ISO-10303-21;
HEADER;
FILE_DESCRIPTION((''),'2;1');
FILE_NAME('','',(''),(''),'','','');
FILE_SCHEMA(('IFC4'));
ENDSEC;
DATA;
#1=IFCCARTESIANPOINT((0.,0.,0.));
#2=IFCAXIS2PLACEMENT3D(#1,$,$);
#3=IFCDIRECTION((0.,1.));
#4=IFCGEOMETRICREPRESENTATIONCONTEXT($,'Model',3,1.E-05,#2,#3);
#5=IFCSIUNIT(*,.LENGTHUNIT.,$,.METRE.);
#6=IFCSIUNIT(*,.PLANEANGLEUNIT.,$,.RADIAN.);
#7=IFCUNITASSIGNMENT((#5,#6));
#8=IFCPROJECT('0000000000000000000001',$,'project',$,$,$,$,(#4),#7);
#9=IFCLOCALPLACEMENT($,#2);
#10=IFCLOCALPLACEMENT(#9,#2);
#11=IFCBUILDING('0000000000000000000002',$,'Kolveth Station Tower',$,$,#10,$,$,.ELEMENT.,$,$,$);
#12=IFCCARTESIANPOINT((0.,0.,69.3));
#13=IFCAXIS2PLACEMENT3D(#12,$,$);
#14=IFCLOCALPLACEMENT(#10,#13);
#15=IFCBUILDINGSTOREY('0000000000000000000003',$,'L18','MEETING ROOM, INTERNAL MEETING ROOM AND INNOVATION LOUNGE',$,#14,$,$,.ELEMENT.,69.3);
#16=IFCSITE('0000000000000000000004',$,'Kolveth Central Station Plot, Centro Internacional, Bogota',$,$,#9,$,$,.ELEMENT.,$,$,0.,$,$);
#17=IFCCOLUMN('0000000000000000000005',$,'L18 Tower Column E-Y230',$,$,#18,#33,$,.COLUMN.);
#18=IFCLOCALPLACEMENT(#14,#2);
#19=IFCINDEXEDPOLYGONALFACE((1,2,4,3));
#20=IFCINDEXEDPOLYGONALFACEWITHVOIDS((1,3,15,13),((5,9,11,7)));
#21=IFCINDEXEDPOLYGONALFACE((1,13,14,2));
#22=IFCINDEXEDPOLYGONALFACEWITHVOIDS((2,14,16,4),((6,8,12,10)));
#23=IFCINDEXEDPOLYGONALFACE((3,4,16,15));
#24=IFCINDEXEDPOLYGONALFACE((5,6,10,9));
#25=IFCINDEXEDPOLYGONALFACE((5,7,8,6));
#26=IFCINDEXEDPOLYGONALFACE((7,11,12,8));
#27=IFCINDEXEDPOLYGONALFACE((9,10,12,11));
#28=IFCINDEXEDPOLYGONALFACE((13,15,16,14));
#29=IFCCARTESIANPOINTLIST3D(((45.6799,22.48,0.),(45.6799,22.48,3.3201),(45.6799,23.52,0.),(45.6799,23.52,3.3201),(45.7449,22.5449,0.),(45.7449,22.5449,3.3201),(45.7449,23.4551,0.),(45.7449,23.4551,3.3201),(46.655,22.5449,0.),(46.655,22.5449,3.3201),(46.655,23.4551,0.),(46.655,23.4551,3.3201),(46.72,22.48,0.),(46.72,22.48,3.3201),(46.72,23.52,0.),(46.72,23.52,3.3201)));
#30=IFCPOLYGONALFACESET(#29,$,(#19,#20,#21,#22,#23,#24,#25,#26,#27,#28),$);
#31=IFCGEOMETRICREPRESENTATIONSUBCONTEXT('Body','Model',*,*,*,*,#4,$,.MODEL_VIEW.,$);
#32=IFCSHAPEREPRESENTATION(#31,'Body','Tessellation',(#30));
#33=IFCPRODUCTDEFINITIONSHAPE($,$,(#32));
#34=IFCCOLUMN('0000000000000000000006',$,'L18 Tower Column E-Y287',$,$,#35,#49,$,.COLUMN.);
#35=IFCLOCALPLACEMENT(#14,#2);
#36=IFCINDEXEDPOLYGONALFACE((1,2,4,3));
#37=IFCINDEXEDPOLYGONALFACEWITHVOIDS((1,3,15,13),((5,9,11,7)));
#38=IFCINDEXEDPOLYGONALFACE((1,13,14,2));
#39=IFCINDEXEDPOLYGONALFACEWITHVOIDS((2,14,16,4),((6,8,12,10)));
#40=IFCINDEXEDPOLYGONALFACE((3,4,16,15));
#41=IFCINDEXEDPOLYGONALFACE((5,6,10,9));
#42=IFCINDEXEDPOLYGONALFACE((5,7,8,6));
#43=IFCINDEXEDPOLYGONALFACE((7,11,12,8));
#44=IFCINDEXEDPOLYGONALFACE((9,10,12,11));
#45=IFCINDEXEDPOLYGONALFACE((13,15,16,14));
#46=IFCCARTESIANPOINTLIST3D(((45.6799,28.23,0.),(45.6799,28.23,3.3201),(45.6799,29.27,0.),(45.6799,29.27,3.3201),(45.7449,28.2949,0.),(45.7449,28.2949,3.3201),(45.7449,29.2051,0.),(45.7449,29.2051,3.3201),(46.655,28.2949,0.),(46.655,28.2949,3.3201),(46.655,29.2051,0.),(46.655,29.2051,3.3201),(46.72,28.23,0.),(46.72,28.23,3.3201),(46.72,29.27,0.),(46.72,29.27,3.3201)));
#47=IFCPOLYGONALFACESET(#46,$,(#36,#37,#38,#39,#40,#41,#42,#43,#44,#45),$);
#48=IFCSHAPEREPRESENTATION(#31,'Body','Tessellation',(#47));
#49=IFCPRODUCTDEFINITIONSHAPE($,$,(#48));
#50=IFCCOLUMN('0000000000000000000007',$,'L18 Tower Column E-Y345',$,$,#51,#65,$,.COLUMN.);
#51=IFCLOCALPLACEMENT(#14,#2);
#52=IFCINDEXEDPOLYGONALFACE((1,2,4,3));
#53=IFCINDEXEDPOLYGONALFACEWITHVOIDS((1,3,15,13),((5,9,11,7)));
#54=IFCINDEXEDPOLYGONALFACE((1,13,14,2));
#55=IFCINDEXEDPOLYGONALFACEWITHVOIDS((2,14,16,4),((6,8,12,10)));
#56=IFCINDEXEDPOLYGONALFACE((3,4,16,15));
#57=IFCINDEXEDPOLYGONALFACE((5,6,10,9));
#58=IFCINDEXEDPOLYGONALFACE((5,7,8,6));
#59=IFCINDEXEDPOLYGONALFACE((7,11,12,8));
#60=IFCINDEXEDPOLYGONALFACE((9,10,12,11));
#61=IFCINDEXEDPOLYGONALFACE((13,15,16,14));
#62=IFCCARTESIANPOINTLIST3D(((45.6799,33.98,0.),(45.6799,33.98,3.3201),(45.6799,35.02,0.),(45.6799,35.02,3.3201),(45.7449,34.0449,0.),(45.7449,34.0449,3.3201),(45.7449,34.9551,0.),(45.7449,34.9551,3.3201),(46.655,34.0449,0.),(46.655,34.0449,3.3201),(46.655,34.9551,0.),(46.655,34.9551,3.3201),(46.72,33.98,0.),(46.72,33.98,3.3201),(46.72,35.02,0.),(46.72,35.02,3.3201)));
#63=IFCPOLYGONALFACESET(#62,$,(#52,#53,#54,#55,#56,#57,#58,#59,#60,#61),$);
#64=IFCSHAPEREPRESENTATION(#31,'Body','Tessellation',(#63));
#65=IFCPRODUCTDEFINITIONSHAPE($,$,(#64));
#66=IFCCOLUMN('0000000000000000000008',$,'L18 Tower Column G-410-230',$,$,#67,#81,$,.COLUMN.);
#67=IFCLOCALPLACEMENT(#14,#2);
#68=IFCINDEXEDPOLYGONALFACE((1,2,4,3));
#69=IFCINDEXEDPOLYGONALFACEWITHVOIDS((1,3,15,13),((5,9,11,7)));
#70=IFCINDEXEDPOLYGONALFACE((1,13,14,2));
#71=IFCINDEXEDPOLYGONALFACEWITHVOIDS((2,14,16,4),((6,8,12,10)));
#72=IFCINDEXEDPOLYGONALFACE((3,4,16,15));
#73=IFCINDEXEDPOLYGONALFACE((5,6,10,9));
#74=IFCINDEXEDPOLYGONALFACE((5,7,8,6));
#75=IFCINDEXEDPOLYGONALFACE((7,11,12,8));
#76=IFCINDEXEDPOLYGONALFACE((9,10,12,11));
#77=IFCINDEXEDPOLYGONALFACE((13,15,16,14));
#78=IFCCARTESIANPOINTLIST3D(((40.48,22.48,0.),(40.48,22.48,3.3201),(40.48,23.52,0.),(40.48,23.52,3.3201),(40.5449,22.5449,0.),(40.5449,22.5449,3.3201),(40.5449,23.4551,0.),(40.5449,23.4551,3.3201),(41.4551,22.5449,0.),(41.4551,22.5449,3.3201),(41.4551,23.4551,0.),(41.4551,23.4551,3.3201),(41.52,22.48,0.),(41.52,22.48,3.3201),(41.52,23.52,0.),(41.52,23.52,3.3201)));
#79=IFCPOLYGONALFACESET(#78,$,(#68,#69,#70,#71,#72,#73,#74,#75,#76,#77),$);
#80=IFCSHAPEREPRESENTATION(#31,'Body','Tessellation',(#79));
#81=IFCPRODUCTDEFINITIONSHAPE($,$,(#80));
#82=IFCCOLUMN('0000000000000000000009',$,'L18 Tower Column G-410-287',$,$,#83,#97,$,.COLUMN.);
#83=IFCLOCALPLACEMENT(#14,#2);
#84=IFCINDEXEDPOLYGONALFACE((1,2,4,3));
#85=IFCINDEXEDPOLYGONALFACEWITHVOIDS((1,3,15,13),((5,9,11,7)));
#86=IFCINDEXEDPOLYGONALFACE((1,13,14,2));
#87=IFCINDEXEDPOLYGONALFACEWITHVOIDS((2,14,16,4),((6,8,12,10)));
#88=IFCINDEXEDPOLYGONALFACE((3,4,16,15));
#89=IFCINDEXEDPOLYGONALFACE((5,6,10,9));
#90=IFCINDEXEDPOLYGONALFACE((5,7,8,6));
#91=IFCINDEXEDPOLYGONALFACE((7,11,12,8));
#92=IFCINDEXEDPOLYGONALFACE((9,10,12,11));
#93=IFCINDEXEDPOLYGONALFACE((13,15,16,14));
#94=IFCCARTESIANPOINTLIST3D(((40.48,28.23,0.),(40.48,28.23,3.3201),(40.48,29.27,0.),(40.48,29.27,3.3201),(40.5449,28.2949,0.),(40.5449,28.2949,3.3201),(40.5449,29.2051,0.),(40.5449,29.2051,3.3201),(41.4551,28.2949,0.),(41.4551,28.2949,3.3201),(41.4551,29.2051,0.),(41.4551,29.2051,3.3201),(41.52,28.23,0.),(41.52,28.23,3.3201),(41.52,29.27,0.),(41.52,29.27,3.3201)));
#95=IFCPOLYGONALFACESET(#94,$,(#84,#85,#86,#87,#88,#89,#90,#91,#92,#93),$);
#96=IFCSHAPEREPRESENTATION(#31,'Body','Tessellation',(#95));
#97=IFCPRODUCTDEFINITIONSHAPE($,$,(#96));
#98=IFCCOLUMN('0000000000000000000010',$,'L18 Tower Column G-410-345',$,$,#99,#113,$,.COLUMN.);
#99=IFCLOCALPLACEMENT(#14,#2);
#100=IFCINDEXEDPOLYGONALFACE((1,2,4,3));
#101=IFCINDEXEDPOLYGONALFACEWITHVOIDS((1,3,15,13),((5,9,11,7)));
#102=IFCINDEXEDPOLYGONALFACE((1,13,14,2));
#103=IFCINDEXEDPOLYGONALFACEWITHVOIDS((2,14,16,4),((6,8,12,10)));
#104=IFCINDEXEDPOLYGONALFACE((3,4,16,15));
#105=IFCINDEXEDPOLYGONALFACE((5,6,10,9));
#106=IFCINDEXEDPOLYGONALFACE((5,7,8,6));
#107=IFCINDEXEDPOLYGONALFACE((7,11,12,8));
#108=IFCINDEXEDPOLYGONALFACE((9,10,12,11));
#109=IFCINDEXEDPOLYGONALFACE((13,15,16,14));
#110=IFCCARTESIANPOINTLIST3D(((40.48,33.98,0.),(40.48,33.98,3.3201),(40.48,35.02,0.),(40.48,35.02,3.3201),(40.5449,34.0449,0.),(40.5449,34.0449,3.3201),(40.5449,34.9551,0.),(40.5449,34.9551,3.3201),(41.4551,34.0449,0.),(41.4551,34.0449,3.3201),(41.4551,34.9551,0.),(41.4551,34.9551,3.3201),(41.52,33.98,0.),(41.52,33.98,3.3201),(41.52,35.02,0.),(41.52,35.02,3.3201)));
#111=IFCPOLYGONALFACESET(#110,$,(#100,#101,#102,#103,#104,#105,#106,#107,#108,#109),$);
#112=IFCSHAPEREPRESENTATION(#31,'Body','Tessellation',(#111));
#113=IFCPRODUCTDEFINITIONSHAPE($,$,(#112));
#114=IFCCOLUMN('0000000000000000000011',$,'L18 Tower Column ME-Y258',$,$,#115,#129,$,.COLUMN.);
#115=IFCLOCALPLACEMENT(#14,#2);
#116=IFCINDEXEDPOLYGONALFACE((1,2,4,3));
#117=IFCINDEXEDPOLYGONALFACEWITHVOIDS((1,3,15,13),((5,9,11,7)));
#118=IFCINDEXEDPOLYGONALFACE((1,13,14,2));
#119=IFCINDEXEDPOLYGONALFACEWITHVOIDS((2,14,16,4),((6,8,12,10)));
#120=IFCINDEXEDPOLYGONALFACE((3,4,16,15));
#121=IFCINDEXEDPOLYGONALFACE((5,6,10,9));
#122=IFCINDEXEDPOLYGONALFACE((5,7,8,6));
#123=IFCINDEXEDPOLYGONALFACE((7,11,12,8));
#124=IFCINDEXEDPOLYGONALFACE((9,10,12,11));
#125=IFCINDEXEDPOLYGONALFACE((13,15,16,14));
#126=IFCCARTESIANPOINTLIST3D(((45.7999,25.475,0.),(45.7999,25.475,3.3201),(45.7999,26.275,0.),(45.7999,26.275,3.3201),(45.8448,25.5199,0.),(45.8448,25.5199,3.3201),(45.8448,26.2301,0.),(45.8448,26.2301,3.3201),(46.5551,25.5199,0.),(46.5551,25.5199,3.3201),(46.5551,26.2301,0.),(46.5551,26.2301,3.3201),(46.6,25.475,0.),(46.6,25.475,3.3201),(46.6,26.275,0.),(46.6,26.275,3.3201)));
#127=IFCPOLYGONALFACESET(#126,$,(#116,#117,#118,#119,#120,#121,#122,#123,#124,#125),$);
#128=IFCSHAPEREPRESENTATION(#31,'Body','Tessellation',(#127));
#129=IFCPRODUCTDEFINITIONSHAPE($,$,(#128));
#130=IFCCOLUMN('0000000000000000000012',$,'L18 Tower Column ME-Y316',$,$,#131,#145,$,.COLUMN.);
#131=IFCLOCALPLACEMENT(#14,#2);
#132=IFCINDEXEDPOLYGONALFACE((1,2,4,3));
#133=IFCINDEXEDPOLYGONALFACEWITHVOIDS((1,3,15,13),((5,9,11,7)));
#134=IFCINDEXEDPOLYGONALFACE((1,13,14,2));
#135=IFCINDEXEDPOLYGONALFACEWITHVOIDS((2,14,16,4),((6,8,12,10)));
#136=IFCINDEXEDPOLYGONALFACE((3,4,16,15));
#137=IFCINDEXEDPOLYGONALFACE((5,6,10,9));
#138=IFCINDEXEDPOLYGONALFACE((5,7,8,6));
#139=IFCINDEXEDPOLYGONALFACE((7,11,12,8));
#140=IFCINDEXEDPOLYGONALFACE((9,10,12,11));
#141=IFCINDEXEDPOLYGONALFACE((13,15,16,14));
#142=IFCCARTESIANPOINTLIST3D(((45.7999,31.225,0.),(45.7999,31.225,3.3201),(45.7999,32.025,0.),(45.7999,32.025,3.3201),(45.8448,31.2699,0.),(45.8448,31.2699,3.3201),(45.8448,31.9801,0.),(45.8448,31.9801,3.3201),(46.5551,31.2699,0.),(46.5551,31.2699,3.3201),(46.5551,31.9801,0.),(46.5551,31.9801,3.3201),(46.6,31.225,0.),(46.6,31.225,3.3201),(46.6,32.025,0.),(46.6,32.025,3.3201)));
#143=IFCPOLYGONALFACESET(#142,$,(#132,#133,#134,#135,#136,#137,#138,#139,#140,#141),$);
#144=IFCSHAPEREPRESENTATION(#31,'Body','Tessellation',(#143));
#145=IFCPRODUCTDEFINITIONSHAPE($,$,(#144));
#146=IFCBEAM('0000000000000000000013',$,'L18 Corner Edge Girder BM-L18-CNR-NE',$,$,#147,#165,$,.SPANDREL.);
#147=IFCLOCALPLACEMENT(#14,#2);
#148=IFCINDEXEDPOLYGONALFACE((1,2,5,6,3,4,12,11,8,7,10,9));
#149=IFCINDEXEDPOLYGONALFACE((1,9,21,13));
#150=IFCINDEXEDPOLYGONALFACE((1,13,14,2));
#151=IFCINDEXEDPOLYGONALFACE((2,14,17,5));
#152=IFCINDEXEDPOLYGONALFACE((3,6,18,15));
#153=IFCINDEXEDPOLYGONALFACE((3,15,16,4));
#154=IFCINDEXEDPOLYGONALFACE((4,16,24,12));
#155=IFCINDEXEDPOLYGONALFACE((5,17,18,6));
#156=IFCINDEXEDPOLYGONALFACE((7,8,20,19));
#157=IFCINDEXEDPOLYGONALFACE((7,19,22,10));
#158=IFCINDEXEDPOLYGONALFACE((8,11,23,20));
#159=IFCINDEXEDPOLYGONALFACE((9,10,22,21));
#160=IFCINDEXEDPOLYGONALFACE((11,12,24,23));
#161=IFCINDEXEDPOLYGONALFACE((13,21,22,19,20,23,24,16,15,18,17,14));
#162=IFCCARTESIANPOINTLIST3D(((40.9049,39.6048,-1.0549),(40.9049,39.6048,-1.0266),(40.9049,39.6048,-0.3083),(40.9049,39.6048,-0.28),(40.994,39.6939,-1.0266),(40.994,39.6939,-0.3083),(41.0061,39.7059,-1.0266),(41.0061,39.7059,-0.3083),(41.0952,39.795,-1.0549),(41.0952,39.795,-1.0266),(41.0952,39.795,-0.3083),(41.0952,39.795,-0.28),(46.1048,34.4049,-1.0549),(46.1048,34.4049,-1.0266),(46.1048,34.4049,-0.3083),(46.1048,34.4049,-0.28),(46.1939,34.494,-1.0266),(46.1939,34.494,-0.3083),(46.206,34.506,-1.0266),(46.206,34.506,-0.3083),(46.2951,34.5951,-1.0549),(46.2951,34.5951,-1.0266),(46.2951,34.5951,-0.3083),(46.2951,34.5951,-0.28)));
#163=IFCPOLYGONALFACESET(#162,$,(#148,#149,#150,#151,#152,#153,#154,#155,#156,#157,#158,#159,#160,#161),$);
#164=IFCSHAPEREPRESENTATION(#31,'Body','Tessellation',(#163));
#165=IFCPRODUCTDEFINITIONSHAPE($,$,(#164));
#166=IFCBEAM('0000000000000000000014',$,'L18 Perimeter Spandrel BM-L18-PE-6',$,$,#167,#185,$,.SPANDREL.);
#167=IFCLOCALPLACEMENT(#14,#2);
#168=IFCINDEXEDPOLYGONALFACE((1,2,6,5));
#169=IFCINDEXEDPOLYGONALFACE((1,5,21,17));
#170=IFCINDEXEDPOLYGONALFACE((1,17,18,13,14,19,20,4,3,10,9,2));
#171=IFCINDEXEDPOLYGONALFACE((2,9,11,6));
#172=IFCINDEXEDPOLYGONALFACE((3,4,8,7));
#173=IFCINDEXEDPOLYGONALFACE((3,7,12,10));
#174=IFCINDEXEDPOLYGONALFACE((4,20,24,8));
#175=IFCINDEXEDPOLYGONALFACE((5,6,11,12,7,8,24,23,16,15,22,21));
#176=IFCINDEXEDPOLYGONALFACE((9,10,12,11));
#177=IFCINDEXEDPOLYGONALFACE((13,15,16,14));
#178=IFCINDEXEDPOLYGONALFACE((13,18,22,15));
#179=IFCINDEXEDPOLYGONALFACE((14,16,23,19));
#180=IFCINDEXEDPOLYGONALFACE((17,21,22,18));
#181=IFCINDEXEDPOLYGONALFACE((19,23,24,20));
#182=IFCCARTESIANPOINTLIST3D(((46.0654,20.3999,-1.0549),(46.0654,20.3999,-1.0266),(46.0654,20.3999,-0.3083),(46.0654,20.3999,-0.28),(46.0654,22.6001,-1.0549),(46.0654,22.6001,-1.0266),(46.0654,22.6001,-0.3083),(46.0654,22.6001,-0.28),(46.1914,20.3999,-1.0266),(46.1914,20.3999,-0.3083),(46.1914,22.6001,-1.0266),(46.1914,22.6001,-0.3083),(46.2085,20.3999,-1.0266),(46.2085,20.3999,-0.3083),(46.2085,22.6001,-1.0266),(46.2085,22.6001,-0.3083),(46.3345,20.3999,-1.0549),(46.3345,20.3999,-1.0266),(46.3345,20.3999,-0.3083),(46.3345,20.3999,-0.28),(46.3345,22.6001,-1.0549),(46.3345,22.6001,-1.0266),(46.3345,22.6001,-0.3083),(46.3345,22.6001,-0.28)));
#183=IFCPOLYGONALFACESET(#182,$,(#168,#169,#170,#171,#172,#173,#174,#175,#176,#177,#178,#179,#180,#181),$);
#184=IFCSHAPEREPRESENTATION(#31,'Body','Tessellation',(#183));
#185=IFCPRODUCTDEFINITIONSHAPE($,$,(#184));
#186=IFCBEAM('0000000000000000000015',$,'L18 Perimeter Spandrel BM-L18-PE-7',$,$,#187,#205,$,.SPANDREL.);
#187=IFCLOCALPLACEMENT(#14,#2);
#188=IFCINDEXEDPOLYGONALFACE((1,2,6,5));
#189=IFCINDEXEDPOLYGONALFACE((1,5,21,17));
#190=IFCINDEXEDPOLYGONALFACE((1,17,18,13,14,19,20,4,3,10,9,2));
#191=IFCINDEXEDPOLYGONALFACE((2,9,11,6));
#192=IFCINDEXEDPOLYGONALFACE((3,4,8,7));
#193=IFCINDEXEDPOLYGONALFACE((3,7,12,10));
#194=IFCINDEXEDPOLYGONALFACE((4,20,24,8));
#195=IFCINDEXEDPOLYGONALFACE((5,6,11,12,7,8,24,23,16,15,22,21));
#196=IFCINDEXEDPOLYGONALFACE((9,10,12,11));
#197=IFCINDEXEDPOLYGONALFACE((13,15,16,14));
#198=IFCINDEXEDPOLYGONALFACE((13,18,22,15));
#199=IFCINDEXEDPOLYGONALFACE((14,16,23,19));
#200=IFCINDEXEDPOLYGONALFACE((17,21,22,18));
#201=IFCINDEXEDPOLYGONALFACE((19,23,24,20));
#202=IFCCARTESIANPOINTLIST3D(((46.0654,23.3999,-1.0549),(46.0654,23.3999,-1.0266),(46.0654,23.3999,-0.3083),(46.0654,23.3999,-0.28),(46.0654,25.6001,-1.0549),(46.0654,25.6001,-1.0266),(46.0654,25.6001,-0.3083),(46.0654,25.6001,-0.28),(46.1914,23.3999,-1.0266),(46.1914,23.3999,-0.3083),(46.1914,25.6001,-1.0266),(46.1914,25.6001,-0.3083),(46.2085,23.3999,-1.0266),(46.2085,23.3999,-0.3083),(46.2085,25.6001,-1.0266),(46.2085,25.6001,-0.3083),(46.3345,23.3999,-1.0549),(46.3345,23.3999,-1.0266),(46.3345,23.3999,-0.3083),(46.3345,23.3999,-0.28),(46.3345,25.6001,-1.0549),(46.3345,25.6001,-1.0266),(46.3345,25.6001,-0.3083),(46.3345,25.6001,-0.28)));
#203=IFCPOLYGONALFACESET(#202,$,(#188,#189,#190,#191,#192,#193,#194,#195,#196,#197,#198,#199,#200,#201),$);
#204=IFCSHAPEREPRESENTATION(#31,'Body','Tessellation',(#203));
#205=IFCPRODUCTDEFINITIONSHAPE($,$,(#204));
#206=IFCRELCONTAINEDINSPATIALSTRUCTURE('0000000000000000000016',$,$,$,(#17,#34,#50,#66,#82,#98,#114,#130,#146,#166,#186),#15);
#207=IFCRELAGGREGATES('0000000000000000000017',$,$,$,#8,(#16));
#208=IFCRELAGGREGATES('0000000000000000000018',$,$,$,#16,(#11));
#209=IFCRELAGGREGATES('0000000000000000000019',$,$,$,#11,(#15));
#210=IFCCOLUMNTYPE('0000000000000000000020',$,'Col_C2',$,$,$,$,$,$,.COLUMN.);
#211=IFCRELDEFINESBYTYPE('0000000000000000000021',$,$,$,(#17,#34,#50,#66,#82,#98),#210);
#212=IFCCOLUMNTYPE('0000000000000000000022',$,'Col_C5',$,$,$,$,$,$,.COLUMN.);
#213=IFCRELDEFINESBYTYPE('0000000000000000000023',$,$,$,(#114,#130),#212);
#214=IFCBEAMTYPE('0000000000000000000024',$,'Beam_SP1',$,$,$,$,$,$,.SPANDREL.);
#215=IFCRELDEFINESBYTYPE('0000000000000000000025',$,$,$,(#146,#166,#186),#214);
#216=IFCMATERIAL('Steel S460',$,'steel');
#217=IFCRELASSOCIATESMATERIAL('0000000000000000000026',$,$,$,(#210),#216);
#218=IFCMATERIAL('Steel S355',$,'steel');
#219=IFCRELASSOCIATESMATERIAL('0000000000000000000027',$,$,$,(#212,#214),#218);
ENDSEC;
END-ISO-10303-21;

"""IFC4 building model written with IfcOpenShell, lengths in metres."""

from ifc_helpers import new_model, si_unit, direction, frame, origin, origin_2d, place, context, subcontext, project, spatial, hollow_rectangle, i_section, extrude, source, transform, mapped, material, material_profile, profile_set, type_object, element, save


model = new_model("IFC4")

# Units and contexts
model_context = context("Model", 3, precision=1e-05, world=origin(), true_north=direction((0.0, 1.0)))
body_context = subcontext(model_context, "Body", "Model", "MODEL_VIEW")
ifc_project = project(units=[si_unit("LENGTHUNIT", "METRE"), si_unit("PLANEANGLEUNIT", "RADIAN")], contexts=[model_context])

# Site, building, storey
site_placement = place(None, origin())
site = spatial("IfcSite", under=ifc_project, at=site_placement, Name="Kolveth Central Station Plot, Centro Internacional, Bogota", CompositionType="ELEMENT", RefElevation=0.0)
building_placement = place(site_placement, origin())
building = spatial("IfcBuilding", under=site, at=building_placement, Name="Kolveth Station Tower", CompositionType="ELEMENT")
storey_placement = place(building_placement, frame((0.0, 0.0, 69.3)))
storey = spatial("IfcBuildingStorey", under=building, at=storey_placement, Name="L18", Description="MEETING ROOM, INTERNAL MEETING ROOM AND INNOVATION LOUNGE", CompositionType="ELEMENT", Elevation=69.3)

# Columns
ifc_material_1 = material(Name="Steel S460", Category="steel")
ifc_material_profile_1 = material_profile(ifc_material_1, hollow_rectangle(XDim=1.04, YDim=1.04, WallThickness=0.0649, at=origin_2d()), Name="BOX1040x1040x65")
ifc_profile_set_1 = profile_set([ifc_material_profile_1], Name="Steel S460")
column_type_1 = type_object("IfcColumnType", Name="Col_C2", PredefinedType="COLUMN", material=ifc_profile_set_1)
shared_shape_1 = source(origin(), body_context, "Body", "SweptSolid", [
    extrude(hollow_rectangle(XDim=1.04, YDim=1.04, WallThickness=0.0649, at=origin_2d()), origin(), (0.0, 0.0, 1.0), 3.3201),
])
for number, where, z_axis, x_axis, name in (
    (1, (46.2, 23.0, 0.0), (0.0, 0.0, 1.0), (1.0, 0.0, 0.0), "L18 Tower Column E-Y230"),
    (2, (46.2, 28.75, 0.0), (0.0, 0.0, 1.0), (1.0, 0.0, 0.0), "L18 Tower Column E-Y287"),
    (3, (46.2, 34.5, 0.0), (0.0, 0.0, 1.0), (1.0, 0.0, 0.0), "L18 Tower Column E-Y345"),
    (4, (41.0, 23.0, 0.0), (0.0, 0.0, 1.0), (1.0, 0.0, 0.0), "L18 Tower Column G-410-230"),
    (5, (41.0, 28.75, 0.0), (0.0, 0.0, 1.0), (1.0, 0.0, 0.0), "L18 Tower Column G-410-287"),
    (6, (41.0, 34.5, 0.0), (0.0, 0.0, 1.0), (1.0, 0.0, 0.0), "L18 Tower Column G-410-345"),
):
    element("IfcColumn", number, at=place(storey_placement, frame(where, z_axis=z_axis, x_axis=x_axis)), inside=storey, type_object=column_type_1, Name=name, PredefinedType="COLUMN", context=body_context, shape_type="MappedRepresentation", body=[
        mapped(shared_shape_1, transform((0.0, 0.0, 0.0), x_axis=(1.0, 0.0, 0.0), y_axis=(0.0, 1.0, 0.0), z_axis=(0.0, 0.0, 1.0), scale=1.0)),
    ])
ifc_material_2 = material(Name="Steel S355", Category="steel")
ifc_material_profile_2 = material_profile(ifc_material_2, hollow_rectangle(XDim=0.8, YDim=0.8, WallThickness=0.0449, at=origin_2d()), Name="BOX800x800x45")
ifc_profile_set_2 = profile_set([ifc_material_profile_2], Name="Steel S355")
column_type_2 = type_object("IfcColumnType", Name="Col_C5", PredefinedType="COLUMN", material=ifc_profile_set_2)
shared_shape_2 = source(origin(), body_context, "Body", "SweptSolid", [
    extrude(hollow_rectangle(XDim=0.8, YDim=0.8, WallThickness=0.0449, at=origin_2d()), origin(), (0.0, 0.0, 1.0), 3.3201),
])
for number, where, z_axis, x_axis, name in (
    (7, (46.2, 25.875, 0.0), (0.0, 0.0, 1.0), (1.0, 0.0, 0.0), "L18 Tower Column ME-Y258"),
    (8, (46.2, 31.625, 0.0), (0.0, 0.0, 1.0), (1.0, 0.0, 0.0), "L18 Tower Column ME-Y316"),
):
    element("IfcColumn", number, at=place(storey_placement, frame(where, z_axis=z_axis, x_axis=x_axis)), inside=storey, type_object=column_type_2, Name=name, PredefinedType="COLUMN", context=body_context, shape_type="MappedRepresentation", body=[
        mapped(shared_shape_2, transform((0.0, 0.0, 0.0), x_axis=(1.0, 0.0, 0.0), y_axis=(0.0, 1.0, 0.0), z_axis=(0.0, 0.0, 1.0), scale=1.0)),
    ])

# Beams
ifc_material_profile_3 = material_profile(ifc_material_2, i_section(OverallWidth=0.269, OverallDepth=0.7749, WebThickness=0.0171, FlangeThickness=0.0283, at=origin_2d()), Name="W760x220")
ifc_profile_set_3 = profile_set([ifc_material_profile_3], Name="Steel S355")
beam_type_1 = type_object("IfcBeamType", Name="Beam_SP1", PredefinedType="SPANDREL", material=ifc_profile_set_3)
shared_shape_3 = source(origin(), body_context, "Body", "SweptSolid", [
    extrude(i_section(OverallWidth=0.269, OverallDepth=0.7749, WebThickness=0.0171, FlangeThickness=0.0283, at=origin_2d()), origin(), (0.0, 0.0, 1.0), 7.3538),
])
beam_placement = place(storey_placement, frame((46.2, 34.5, -0.6675), z_axis=(-0.707107, 0.707107, 0.0), x_axis=(-0.707107, -0.707107, 0.0)))
element("IfcBeam", 9, at=beam_placement, inside=storey, type_object=beam_type_1, Name="L18 Corner Edge Girder BM-L18-CNR-NE", PredefinedType="SPANDREL", context=body_context, shape_type="MappedRepresentation", body=[
    mapped(shared_shape_3, transform((0.0, 0.0, 0.0), x_axis=(1.0, 0.0, 0.0), y_axis=(0.0, 1.0, 0.0), z_axis=(0.0, 0.0, 1.0), scale=1.0)),
])
shared_shape_4 = source(origin(), body_context, "Body", "SweptSolid", [
    extrude(i_section(OverallWidth=0.269, OverallDepth=0.7749, WebThickness=0.0171, FlangeThickness=0.0283, at=origin_2d()), origin(), (0.0, 0.0, 1.0), 2.2002),
])
for number, where, z_axis, x_axis, name in (
    (10, (46.2, 20.3999, -0.6675), (0.0, 1.0, 0.0), (-1.0, 0.0, 0.0), "L18 Perimeter Spandrel BM-L18-PE-6"),
    (11, (46.2, 23.3999, -0.6675), (0.0, 1.0, 0.0), (-1.0, 0.0, 0.0), "L18 Perimeter Spandrel BM-L18-PE-7"),
):
    element("IfcBeam", number, at=place(storey_placement, frame(where, z_axis=z_axis, x_axis=x_axis)), inside=storey, type_object=beam_type_1, Name=name, PredefinedType="SPANDREL", context=body_context, shape_type="MappedRepresentation", body=[
        mapped(shared_shape_4, transform((0.0, 0.0, 0.0), x_axis=(1.0, 0.0, 0.0), y_axis=(0.0, 1.0, 0.0), z_axis=(0.0, 0.0, 1.0), scale=1.0)),
    ])

save(model, "model.ifc")
